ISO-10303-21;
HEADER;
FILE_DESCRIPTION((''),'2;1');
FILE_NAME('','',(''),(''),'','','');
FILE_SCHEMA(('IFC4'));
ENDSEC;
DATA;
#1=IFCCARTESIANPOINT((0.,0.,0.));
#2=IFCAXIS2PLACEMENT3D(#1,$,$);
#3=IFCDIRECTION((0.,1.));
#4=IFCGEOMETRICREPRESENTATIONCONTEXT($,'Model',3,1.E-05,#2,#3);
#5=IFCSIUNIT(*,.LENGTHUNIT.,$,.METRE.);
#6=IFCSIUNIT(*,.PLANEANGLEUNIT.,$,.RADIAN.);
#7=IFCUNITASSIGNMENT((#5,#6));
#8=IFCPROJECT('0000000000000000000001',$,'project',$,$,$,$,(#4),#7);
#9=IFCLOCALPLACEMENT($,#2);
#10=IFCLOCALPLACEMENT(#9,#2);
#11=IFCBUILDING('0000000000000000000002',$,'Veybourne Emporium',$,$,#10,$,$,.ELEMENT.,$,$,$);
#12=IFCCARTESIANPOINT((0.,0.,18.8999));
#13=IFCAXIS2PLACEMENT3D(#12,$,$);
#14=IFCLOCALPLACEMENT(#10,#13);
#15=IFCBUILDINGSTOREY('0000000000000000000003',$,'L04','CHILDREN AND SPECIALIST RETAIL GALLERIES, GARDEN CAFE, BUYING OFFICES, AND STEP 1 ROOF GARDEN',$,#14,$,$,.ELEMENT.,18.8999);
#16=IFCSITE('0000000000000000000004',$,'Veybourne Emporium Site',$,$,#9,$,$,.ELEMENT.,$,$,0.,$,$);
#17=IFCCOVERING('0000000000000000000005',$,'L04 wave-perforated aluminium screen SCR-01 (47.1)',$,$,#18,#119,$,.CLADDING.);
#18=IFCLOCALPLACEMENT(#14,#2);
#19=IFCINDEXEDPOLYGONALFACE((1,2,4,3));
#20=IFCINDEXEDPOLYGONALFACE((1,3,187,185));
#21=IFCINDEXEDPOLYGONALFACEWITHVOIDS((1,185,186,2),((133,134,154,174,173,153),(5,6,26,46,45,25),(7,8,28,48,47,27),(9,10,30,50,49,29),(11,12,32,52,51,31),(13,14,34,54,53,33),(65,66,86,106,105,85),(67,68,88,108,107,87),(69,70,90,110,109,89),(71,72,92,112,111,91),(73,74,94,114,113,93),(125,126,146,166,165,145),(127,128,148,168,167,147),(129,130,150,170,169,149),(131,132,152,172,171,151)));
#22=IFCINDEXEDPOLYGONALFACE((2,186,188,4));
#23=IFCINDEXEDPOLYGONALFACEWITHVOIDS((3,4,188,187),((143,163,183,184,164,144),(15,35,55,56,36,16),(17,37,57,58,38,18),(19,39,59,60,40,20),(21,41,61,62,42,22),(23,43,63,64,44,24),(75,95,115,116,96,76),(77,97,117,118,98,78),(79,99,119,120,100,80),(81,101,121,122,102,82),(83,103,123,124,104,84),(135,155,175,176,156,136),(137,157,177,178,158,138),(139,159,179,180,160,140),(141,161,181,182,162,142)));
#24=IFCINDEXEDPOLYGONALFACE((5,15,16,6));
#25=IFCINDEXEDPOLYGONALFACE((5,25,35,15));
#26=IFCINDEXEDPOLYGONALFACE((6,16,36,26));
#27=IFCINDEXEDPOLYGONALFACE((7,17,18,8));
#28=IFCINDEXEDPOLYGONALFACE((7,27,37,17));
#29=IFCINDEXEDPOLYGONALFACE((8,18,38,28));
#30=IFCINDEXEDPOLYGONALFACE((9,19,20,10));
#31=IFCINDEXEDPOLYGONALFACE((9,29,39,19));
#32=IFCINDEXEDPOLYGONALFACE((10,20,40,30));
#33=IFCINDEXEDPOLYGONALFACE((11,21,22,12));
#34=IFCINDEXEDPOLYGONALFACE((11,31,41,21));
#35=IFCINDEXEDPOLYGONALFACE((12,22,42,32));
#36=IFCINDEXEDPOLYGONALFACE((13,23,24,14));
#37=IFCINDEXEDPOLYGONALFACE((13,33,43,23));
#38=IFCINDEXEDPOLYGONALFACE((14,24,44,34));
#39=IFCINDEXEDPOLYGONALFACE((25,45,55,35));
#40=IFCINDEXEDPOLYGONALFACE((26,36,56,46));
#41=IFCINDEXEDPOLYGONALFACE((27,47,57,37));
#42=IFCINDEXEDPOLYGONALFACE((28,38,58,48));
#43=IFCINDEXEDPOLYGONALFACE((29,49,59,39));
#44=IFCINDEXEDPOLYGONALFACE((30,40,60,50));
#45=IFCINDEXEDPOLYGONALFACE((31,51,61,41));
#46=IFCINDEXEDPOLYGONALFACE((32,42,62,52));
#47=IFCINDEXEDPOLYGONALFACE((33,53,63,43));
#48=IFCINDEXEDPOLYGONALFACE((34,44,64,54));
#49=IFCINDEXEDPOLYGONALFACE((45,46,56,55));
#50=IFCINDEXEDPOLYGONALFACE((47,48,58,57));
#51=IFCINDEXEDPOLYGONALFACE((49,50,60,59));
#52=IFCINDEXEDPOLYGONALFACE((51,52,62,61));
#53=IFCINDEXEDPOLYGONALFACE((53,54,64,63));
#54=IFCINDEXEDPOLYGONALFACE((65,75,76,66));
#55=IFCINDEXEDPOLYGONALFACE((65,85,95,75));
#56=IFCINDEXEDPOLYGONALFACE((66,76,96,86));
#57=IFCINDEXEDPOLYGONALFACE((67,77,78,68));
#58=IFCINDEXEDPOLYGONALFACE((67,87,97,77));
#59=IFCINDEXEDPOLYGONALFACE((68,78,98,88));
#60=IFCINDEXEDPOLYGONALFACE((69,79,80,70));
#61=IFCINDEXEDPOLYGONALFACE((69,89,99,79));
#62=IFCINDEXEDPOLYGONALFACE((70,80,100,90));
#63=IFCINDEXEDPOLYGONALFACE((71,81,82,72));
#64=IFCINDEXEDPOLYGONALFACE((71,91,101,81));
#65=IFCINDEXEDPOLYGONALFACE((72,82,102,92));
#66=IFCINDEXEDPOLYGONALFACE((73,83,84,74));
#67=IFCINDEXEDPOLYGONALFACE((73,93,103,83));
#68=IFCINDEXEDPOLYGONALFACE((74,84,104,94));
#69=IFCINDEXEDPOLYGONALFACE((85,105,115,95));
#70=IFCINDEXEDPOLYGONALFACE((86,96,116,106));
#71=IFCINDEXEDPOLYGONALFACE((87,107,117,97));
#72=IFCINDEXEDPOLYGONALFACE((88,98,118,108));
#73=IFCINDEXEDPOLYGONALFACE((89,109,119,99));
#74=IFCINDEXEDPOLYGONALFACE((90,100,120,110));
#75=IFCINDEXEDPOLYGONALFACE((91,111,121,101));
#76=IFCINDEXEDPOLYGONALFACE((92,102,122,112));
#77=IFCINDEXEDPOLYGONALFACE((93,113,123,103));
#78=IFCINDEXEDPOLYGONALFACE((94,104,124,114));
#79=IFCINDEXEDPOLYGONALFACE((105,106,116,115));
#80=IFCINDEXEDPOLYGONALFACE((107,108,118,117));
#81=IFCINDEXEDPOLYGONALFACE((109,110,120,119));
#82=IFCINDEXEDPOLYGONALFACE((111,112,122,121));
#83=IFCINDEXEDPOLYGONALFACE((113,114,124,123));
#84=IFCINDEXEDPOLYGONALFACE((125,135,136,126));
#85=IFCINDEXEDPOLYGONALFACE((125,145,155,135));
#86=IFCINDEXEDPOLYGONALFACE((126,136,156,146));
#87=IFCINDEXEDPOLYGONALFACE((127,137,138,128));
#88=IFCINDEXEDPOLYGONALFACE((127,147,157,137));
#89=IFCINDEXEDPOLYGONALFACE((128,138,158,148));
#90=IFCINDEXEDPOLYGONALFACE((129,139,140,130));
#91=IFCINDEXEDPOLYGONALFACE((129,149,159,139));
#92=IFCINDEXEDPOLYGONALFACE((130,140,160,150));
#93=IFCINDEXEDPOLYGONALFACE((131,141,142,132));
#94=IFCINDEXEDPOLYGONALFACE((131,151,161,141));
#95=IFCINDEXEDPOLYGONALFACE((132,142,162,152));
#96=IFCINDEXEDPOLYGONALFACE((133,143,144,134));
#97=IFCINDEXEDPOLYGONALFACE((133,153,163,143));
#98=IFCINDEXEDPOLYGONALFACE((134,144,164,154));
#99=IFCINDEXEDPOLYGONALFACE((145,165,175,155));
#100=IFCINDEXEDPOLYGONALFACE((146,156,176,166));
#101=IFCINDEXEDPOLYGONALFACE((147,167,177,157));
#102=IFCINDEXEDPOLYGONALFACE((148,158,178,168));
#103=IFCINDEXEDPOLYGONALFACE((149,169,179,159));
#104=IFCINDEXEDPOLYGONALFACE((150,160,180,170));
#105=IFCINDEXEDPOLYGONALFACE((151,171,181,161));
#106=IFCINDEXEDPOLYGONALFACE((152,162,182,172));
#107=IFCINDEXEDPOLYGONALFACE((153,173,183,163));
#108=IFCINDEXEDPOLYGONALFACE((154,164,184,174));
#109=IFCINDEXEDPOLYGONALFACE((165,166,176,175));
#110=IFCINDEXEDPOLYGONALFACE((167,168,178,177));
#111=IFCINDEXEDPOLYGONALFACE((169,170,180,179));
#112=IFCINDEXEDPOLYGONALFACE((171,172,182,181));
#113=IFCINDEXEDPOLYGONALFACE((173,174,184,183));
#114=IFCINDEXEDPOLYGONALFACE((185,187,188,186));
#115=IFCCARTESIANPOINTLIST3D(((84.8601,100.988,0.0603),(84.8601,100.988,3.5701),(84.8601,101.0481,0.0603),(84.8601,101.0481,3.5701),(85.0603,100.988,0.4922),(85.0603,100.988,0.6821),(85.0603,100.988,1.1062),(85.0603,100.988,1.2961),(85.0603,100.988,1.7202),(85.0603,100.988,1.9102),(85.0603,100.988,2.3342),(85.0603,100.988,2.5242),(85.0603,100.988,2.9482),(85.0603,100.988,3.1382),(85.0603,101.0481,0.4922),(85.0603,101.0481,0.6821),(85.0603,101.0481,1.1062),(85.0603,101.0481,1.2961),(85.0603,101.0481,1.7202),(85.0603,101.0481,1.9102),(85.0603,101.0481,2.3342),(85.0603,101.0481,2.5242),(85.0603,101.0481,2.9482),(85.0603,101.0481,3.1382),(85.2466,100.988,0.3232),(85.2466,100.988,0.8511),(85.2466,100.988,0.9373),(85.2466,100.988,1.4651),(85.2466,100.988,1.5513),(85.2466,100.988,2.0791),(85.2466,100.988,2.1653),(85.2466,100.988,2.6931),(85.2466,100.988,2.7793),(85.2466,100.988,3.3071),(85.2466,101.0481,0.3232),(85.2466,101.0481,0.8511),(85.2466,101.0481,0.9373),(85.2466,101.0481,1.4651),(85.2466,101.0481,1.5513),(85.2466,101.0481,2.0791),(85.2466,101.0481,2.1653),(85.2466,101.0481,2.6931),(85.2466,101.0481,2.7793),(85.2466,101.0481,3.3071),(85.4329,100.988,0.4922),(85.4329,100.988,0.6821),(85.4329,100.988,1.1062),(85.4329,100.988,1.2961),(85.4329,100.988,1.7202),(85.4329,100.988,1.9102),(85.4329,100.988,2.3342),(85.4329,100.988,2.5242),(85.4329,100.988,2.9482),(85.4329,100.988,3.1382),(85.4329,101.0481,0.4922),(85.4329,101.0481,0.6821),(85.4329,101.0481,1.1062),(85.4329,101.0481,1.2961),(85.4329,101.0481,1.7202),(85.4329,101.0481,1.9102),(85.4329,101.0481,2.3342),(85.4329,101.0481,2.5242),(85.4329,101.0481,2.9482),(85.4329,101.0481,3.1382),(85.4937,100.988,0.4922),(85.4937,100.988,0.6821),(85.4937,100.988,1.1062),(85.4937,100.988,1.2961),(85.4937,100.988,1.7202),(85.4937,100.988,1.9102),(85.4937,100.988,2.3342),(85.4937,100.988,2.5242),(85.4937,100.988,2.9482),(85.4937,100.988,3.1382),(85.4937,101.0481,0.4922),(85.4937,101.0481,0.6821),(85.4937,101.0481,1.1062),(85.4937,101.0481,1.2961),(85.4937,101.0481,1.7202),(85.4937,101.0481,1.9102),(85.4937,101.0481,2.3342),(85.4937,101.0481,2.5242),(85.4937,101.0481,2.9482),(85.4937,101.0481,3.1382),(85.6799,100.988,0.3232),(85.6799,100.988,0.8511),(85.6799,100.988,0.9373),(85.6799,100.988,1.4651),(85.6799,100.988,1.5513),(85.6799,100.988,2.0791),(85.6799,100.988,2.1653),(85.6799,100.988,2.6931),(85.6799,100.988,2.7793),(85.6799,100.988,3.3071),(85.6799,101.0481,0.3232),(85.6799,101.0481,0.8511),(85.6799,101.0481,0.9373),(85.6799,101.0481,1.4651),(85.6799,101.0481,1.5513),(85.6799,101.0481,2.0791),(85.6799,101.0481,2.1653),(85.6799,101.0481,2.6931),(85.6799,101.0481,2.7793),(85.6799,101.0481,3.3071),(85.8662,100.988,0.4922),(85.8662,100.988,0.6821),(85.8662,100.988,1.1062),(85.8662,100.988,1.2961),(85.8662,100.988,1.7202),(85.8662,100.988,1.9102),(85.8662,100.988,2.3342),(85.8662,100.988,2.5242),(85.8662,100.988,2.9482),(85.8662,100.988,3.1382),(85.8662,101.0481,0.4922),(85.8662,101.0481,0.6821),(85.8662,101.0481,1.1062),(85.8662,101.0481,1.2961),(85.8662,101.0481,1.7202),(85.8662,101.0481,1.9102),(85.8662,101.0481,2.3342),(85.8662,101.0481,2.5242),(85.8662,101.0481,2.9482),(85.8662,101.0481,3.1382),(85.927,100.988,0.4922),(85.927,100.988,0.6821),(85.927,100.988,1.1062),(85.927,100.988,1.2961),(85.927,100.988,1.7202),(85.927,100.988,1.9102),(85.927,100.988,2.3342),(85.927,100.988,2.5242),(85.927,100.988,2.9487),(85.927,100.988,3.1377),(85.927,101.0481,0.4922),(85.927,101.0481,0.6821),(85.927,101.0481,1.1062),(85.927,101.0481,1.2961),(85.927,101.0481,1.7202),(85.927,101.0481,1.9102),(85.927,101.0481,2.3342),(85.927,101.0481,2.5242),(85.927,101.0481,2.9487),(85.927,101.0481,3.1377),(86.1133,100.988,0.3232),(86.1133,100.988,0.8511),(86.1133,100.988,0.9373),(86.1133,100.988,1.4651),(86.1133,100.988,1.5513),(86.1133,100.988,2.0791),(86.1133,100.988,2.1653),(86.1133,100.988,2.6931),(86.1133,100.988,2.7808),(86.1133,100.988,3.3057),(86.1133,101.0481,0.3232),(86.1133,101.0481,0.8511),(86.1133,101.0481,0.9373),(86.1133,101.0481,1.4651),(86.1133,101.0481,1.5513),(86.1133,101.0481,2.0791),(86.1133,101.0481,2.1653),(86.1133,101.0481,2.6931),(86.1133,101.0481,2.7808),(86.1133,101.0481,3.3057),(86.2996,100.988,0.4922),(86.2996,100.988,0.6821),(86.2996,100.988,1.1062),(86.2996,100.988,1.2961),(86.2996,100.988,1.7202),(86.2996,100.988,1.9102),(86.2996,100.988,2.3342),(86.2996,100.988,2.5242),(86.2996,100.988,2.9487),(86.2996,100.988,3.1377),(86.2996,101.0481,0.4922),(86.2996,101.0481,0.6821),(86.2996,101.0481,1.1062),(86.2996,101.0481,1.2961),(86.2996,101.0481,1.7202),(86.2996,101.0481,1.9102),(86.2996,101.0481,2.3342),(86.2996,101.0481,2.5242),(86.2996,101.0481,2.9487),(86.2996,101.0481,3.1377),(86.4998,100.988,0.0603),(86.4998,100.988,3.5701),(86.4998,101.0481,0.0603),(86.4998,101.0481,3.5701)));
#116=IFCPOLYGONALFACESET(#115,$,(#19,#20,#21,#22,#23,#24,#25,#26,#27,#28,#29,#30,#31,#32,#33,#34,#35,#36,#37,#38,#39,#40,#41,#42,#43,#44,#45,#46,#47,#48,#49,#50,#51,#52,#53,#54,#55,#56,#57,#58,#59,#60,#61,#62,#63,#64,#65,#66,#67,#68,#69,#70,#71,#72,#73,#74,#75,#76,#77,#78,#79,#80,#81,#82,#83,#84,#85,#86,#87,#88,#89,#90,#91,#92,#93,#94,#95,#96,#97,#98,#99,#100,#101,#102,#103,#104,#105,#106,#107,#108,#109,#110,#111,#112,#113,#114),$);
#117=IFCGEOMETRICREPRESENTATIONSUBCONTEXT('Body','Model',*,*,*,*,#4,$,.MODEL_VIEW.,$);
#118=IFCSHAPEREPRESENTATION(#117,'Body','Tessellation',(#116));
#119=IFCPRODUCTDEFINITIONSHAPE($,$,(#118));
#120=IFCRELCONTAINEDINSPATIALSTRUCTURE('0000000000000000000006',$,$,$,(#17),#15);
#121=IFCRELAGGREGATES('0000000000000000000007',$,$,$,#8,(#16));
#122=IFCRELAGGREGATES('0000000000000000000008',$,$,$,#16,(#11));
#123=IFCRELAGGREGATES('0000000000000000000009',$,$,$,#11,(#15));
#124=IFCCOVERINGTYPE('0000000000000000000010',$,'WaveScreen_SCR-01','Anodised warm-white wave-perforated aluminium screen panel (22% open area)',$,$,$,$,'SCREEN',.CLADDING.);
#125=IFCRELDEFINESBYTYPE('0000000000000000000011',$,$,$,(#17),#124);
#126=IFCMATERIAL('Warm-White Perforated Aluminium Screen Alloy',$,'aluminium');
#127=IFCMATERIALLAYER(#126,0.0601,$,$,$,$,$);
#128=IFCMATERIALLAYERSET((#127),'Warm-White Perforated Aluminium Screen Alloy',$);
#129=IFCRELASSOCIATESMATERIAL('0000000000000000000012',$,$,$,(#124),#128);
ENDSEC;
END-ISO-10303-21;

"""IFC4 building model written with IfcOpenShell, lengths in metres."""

from ifc_helpers import new_model, si_unit, direction, frame, origin, place, context, subcontext, project, spatial, polyline, outline, extrude, material, layer, layer_set, type_object, element, save


model = new_model("IFC4")

# Units and contexts
model_context = context("Model", 3, precision=1e-05, world=origin(), true_north=direction((0.0, 1.0)))
body_context = subcontext(model_context, "Body", "Model", "MODEL_VIEW")
ifc_project = project(units=[si_unit("LENGTHUNIT", "METRE"), si_unit("PLANEANGLEUNIT", "RADIAN")], contexts=[model_context])

# Site, building, storey
site_placement = place(None, origin())
site = spatial("IfcSite", under=ifc_project, at=site_placement, Name="Veybourne Emporium Site", CompositionType="ELEMENT", RefElevation=0.0)
building_placement = place(site_placement, origin())
building = spatial("IfcBuilding", under=site, at=building_placement, Name="Veybourne Emporium", CompositionType="ELEMENT")
storey_placement = place(building_placement, frame((0.0, 0.0, 18.8999)))
storey = spatial("IfcBuildingStorey", under=building, at=storey_placement, Name="L04", Description="CHILDREN AND SPECIALIST RETAIL GALLERIES, GARDEN CAFE, BUYING OFFICES, AND STEP 1 ROOF GARDEN", CompositionType="ELEMENT", Elevation=18.8999)

# Covering
ifc_material_1 = material(Name="Warm-White Perforated Aluminium Screen Alloy", Category="aluminium")
ifc_layer_1 = layer(ifc_material_1, 0.0601)
ifc_layer_set_1 = layer_set([ifc_layer_1], Name="Warm-White Perforated Aluminium Screen Alloy")
covering_type_1 = type_object("IfcCoveringType", Name="WaveScreen_SCR-01", Description="Anodised warm-white wave-perforated aluminium screen panel (22% open area)", ElementType="SCREEN", PredefinedType="CLADDING", material=ifc_layer_set_1)
covering_1_placement = place(storey_placement, frame((85.6799, 101.0481, 1.8152), z_axis=(0.0, -1.0, 0.0), x_axis=(1.0, 0.0, 0.0)))
element("IfcCovering", 1, at=covering_1_placement, inside=storey, type_object=covering_type_1, Name="L04 wave-perforated aluminium screen SCR-01 (47.1)", PredefinedType="CLADDING", context=body_context, shape_type="SweptSolid", body=[
    extrude(outline(polyline([(-0.8198, -1.7549), (0.8198, -1.7549), (0.8198, 1.7549), (-0.8198, 1.7549), (-0.8198, -1.7549)]), holes=[polyline([(-0.4333, -0.9641), (-0.2471, -1.1331), (-0.2471, -1.323), (-0.4333, -1.4919), (-0.6196, -1.323), (-0.6196, -1.1331), (-0.4333, -0.9641)]), polyline([(-0.4333, -0.3501), (-0.2471, -0.519), (-0.2471, -0.709), (-0.4333, -0.8779), (-0.6196, -0.709), (-0.6196, -0.519), (-0.4333, -0.3501)]), polyline([(-0.4333, 0.2639), (-0.2471, 0.095), (-0.2471, -0.095), (-0.4333, -0.2639), (-0.6196, -0.095), (-0.6196, 0.095), (-0.4333, 0.2639)]), polyline([(-0.4333, 0.8779), (-0.2471, 0.709), (-0.2471, 0.519), (-0.4333, 0.3501), (-0.6196, 0.519), (-0.6196, 0.709), (-0.4333, 0.8779)]), polyline([(-0.4333, 1.4919), (-0.2471, 1.323), (-0.2471, 1.1331), (-0.4333, 0.9641), (-0.6196, 1.1331), (-0.6196, 1.323), (-0.4333, 1.4919)]), polyline([(0.0, -0.9641), (0.1863, -1.1331), (0.1863, -1.323), (0.0, -1.4919), (-0.1863, -1.323), (-0.1863, -1.1331), (0.0, -0.9641)]), polyline([(0.0, -0.3501), (0.1863, -0.519), (0.1863, -0.709), (0.0, -0.8779), (-0.1863, -0.709), (-0.1863, -0.519), (0.0, -0.3501)]), polyline([(0.0, 0.2639), (0.1863, 0.095), (0.1863, -0.095), (0.0, -0.2639), (-0.1863, -0.095), (-0.1863, 0.095), (0.0, 0.2639)]), polyline([(0.0, 0.8779), (0.1863, 0.709), (0.1863, 0.519), (0.0, 0.3501), (-0.1863, 0.519), (-0.1863, 0.709), (0.0, 0.8779)]), polyline([(0.0, 1.4919), (0.1863, 1.323), (0.1863, 1.1331), (0.0, 0.9641), (-0.1863, 1.1331), (-0.1863, 1.323), (0.0, 1.4919)]), polyline([(0.4333, -0.9641), (0.6196, -1.1331), (0.6196, -1.323), (0.4333, -1.4919), (0.2471, -1.323), (0.2471, -1.1331), (0.4333, -0.9641)]), polyline([(0.4333, -0.3501), (0.6196, -0.519), (0.6196, -0.709), (0.4333, -0.8779), (0.2471, -0.709), (0.2471, -0.519), (0.4333, -0.3501)]), polyline([(0.4333, 0.2639), (0.6196, 0.095), (0.6196, -0.095), (0.4333, -0.2639), (0.2471, -0.095), (0.2471, 0.095), (0.4333, 0.2639)]), polyline([(0.4333, 0.8779), (0.6196, 0.709), (0.6196, 0.519), (0.4333, 0.3501), (0.2471, 0.519), (0.2471, 0.709), (0.4333, 0.8779)]), polyline([(0.4333, 1.4905), (0.6196, 1.3225), (0.6196, 1.1335), (0.4333, 0.9656), (0.2471, 1.1335), (0.2471, 1.3225), (0.4333, 1.4905)])]), origin(), (0.0, 0.0, 1.0), 0.0601),
])

save(model, "model.ifc")
